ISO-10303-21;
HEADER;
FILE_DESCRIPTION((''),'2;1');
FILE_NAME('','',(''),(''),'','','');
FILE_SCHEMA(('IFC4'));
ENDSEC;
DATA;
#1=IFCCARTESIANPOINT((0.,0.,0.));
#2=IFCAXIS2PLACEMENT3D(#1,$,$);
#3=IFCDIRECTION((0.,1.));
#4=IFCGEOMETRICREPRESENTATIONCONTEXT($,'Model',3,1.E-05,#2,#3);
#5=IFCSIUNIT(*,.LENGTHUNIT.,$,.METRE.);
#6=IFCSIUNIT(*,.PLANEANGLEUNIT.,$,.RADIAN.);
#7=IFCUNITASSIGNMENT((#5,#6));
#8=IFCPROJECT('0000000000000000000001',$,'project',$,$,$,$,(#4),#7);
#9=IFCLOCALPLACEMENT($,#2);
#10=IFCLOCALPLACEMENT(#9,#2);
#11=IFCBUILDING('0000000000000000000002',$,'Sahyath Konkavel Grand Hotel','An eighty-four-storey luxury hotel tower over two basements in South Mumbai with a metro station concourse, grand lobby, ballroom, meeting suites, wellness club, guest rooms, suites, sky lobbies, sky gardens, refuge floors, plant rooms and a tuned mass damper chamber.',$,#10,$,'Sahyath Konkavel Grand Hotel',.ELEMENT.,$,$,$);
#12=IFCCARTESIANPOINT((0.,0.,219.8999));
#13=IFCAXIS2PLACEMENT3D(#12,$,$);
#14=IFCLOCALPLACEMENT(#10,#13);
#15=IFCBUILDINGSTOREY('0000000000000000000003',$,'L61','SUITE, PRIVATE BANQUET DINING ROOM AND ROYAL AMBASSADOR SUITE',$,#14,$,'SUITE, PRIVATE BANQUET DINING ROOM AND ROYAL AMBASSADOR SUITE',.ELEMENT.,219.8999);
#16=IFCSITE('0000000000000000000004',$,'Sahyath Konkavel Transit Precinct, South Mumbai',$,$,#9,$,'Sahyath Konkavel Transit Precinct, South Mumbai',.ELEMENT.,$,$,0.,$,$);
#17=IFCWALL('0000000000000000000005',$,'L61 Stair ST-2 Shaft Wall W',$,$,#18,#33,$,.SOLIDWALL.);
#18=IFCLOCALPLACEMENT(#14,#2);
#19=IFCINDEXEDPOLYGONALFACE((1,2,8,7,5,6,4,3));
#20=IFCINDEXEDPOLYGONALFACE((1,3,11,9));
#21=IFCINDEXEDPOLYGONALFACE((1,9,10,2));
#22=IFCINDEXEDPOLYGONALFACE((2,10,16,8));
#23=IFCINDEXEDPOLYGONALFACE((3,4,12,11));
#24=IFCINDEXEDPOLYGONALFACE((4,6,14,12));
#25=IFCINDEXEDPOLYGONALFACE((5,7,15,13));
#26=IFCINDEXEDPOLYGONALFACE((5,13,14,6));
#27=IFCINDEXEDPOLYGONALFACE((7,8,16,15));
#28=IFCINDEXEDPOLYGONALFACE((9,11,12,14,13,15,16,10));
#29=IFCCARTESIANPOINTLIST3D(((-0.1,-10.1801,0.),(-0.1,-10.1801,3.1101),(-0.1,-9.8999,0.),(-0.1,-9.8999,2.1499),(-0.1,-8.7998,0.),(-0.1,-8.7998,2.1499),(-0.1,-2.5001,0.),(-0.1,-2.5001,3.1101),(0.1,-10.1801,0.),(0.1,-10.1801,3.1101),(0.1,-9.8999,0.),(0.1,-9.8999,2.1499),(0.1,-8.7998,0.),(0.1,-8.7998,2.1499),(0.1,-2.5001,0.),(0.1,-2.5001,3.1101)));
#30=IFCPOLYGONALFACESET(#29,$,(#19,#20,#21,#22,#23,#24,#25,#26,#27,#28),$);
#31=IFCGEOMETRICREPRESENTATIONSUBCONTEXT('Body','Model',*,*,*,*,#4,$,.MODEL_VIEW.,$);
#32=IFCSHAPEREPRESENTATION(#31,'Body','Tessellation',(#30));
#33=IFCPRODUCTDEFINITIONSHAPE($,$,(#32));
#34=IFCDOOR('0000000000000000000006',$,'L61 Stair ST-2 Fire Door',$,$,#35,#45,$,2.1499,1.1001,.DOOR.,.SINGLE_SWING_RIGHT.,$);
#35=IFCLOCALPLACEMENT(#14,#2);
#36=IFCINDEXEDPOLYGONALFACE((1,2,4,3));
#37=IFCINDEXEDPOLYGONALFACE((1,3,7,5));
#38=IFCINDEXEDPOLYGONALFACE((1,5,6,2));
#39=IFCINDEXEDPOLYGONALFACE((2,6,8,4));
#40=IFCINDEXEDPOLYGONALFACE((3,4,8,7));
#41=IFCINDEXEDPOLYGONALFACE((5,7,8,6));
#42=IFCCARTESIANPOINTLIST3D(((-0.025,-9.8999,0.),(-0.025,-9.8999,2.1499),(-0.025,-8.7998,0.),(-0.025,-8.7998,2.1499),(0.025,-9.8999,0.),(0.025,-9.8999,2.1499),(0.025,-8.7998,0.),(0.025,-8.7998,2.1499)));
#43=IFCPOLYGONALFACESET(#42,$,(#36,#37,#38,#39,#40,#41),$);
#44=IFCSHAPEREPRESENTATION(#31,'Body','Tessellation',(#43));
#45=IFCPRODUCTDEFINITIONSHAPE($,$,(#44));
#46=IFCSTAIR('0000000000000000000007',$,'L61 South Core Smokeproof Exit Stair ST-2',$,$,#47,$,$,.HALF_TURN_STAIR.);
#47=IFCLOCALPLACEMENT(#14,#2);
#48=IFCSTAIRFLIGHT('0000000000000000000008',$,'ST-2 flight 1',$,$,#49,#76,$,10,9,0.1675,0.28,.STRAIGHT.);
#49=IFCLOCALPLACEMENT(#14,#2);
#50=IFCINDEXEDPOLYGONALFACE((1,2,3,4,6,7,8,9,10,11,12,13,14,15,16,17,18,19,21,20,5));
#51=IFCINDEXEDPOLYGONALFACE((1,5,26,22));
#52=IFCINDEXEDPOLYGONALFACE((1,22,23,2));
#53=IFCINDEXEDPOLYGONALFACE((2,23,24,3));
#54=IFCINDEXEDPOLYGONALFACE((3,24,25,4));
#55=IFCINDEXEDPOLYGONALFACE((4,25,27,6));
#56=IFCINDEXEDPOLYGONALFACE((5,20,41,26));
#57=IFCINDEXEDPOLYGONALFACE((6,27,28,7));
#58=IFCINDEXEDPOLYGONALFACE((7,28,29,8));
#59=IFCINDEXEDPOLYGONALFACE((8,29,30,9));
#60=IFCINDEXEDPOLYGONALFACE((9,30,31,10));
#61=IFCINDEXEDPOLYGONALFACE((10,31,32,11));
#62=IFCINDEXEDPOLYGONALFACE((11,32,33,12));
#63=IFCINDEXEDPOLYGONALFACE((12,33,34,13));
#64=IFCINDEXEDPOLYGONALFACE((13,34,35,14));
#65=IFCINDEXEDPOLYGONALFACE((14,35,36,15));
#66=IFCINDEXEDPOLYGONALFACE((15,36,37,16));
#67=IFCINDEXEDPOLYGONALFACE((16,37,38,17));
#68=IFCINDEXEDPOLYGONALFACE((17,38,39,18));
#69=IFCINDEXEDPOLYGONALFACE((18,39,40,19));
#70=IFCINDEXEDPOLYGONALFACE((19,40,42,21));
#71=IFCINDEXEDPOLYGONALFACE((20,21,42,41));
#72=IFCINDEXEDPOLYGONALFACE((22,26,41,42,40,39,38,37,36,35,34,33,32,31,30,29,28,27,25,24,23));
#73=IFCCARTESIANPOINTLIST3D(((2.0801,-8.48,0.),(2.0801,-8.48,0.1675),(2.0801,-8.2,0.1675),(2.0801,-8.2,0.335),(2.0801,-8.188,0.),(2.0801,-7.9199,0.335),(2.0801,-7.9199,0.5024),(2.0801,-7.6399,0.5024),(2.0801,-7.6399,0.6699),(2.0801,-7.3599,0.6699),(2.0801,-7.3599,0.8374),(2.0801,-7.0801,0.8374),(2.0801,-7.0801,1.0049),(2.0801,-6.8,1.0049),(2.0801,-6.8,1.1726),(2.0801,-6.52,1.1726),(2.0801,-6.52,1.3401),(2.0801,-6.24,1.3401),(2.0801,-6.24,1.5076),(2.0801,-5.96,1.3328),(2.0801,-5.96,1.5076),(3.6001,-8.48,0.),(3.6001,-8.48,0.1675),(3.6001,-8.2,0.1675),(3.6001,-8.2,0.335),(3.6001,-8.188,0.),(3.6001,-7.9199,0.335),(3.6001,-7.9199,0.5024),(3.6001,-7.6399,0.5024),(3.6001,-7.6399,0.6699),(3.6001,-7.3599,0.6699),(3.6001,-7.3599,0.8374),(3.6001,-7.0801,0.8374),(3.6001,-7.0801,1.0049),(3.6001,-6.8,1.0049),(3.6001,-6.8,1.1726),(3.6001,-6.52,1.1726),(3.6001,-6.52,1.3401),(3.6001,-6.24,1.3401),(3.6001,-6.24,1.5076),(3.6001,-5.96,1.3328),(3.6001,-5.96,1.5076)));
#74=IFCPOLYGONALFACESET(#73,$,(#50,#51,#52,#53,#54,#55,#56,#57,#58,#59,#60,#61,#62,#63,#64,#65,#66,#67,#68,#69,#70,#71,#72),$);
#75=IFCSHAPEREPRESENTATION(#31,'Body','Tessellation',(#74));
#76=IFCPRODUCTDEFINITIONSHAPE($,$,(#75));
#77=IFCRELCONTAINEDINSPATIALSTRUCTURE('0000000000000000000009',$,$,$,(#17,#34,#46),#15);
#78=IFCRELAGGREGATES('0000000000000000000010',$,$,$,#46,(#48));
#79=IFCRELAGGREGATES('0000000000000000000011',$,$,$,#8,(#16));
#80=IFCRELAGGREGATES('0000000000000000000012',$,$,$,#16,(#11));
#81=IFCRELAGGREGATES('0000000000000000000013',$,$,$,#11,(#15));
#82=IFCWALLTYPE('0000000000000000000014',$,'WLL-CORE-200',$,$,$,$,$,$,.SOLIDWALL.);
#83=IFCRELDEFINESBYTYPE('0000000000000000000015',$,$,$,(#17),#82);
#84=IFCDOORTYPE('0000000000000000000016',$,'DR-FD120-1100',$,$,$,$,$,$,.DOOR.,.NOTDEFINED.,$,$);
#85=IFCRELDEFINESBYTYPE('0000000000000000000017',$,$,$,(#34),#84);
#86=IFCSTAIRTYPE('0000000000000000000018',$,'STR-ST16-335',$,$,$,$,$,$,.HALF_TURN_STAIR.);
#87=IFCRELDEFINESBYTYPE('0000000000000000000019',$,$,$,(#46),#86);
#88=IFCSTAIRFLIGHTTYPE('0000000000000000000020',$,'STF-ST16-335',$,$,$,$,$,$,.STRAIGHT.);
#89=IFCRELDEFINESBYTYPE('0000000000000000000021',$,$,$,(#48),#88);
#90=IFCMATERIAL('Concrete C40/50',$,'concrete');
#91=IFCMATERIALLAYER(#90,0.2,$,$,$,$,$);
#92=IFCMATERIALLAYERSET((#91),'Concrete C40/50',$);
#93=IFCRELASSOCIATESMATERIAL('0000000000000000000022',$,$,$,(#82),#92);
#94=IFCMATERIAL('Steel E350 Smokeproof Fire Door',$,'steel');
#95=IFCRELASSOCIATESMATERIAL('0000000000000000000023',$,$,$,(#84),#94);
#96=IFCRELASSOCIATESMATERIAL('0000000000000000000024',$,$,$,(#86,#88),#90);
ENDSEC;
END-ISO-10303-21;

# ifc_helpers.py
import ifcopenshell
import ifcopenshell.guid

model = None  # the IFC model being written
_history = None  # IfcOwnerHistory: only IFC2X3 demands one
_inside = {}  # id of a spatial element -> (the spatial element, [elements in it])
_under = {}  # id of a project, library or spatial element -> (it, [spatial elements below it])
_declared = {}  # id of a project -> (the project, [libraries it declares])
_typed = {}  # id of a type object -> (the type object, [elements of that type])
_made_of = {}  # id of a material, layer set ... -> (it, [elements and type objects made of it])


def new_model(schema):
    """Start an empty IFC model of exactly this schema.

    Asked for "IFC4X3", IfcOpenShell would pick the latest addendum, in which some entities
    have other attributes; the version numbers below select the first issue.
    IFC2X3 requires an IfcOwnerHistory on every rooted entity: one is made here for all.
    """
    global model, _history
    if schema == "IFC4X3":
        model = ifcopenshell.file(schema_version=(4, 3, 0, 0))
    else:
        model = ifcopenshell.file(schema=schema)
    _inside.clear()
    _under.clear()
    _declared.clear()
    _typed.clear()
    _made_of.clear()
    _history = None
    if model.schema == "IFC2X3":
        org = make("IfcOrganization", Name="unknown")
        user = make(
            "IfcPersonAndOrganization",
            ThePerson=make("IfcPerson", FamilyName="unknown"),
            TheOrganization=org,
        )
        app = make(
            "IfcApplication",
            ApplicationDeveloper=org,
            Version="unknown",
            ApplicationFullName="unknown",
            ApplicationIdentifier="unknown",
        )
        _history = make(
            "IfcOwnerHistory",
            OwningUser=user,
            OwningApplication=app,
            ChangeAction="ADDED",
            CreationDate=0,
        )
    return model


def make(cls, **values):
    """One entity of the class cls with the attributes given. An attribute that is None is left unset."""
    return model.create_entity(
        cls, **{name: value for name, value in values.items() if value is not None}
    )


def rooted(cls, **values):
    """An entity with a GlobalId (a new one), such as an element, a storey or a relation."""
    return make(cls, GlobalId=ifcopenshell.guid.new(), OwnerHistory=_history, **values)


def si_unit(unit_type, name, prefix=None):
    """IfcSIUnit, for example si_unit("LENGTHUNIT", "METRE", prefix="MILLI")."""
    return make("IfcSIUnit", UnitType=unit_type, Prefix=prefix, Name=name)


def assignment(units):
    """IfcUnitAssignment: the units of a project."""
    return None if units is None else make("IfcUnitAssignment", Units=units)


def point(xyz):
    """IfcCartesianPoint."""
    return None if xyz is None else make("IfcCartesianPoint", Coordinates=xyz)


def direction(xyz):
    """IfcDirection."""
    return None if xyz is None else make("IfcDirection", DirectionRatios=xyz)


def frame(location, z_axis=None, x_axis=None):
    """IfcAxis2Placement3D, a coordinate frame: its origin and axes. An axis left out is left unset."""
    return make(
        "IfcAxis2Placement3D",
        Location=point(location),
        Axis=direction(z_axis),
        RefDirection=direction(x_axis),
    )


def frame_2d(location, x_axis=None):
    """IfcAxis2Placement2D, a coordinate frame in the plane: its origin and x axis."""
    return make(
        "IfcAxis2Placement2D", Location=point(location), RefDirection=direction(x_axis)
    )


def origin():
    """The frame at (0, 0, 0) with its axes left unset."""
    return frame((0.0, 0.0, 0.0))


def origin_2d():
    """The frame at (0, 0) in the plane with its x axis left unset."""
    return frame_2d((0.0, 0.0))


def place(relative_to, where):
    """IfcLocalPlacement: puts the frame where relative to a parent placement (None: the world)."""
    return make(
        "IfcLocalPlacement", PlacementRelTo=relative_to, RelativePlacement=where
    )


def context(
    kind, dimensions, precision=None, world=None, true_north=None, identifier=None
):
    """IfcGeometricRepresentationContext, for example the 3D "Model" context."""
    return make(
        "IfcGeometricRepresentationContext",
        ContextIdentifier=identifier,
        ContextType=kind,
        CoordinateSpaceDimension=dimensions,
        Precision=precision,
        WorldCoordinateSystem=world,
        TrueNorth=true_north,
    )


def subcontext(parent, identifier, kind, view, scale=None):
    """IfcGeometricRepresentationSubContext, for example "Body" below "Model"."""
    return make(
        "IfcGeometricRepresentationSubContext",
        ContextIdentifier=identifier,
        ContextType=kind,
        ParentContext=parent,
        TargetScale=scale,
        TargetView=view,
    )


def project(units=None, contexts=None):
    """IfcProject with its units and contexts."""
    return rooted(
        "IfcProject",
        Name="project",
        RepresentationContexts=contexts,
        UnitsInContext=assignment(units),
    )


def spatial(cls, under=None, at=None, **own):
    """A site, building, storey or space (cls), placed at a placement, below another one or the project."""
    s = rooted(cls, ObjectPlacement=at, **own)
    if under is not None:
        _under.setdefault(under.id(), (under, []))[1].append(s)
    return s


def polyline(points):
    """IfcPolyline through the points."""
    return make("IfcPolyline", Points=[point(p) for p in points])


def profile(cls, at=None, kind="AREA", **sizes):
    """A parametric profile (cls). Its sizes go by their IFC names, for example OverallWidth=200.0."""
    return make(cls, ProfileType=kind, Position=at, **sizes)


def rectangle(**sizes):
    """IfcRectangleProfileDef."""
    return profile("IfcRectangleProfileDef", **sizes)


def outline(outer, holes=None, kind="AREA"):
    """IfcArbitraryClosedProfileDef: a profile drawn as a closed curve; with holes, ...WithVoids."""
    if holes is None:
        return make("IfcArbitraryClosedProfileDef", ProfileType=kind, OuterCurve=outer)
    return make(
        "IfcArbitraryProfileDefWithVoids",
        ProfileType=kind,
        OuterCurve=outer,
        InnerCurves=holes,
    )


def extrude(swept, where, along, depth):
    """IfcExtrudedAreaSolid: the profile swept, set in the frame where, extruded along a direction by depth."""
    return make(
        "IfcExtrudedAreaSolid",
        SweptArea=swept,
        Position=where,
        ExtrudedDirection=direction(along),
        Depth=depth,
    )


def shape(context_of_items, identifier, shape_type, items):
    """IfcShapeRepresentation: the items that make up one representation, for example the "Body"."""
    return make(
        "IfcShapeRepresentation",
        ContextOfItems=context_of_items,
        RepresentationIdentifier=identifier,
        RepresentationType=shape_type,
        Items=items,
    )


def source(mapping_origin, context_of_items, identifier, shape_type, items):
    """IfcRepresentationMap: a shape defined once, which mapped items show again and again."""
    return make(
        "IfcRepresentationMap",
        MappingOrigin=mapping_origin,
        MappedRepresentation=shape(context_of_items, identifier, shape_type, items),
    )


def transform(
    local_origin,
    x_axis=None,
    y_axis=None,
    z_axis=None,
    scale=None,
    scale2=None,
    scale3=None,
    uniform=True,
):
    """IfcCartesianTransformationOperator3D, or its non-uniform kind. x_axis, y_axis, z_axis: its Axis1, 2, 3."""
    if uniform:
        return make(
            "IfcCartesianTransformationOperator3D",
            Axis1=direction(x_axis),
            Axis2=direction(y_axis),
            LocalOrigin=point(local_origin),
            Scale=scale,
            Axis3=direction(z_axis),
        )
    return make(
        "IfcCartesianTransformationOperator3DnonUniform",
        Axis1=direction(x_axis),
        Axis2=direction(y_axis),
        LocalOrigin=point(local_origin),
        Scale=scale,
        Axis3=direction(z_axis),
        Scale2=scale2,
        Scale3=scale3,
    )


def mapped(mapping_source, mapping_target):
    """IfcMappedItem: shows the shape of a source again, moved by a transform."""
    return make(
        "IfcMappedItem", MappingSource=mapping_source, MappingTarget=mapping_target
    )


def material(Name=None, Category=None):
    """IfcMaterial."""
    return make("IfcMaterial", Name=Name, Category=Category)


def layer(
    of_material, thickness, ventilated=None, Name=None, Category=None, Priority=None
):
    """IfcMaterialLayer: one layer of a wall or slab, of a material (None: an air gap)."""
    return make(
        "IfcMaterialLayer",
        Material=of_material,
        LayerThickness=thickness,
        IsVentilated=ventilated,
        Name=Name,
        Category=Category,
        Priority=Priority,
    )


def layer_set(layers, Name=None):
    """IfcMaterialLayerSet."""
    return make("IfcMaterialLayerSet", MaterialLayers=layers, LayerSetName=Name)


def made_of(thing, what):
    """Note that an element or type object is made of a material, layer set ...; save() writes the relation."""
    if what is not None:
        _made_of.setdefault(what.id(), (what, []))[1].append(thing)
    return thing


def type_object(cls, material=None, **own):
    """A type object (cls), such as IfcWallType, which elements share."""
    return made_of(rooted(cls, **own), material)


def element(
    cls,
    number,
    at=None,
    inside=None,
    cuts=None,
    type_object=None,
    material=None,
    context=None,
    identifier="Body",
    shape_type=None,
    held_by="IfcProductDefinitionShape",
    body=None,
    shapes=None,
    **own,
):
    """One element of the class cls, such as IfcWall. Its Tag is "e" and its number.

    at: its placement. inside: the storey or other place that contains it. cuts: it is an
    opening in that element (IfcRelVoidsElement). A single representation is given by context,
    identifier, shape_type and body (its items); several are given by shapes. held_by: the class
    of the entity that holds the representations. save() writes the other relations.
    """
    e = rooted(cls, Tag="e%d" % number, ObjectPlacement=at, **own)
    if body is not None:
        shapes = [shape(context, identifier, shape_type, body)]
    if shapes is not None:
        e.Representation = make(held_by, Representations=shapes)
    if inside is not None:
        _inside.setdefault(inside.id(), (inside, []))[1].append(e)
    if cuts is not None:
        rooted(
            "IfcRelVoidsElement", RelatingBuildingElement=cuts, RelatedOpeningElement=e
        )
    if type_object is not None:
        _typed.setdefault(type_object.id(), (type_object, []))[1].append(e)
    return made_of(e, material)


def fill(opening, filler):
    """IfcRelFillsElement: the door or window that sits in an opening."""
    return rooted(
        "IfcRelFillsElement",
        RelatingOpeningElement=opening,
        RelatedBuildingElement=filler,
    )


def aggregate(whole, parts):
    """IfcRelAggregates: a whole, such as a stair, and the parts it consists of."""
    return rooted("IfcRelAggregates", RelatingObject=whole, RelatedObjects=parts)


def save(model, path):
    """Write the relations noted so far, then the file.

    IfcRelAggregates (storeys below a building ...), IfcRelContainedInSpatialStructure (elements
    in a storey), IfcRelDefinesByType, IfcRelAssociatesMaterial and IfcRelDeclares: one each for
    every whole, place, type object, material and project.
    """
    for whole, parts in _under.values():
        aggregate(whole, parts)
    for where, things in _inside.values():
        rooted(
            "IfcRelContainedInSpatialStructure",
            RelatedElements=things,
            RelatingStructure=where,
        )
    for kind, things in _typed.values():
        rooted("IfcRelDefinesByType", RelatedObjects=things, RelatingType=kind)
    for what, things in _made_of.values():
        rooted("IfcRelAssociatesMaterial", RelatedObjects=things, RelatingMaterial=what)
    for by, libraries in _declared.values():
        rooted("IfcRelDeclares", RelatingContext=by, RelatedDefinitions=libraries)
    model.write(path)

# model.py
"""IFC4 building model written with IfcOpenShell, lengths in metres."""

from ifc_helpers import new_model, si_unit, direction, frame, frame_2d, origin, origin_2d, place, context, subcontext, project, spatial, polyline, rectangle, outline, extrude, source, transform, mapped, material, layer, layer_set, type_object, element, fill, aggregate, save


model = new_model("IFC4")

# Units and contexts
model_context = context("Model", 3, precision=1e-05, world=origin(), true_north=direction((0.0, 1.0)))
body_context = subcontext(model_context, "Body", "Model", "MODEL_VIEW")
ifc_project = project(units=[si_unit("LENGTHUNIT", "METRE"), si_unit("PLANEANGLEUNIT", "RADIAN")], contexts=[model_context])

# Site, building, storey
site_placement = place(None, origin())
site = spatial("IfcSite", under=ifc_project, at=site_placement, Name="Sahyath Konkavel Transit Precinct, South Mumbai", LongName="Sahyath Konkavel Transit Precinct, South Mumbai", CompositionType="ELEMENT", RefElevation=0.0)
building_placement = place(site_placement, origin())
building = spatial("IfcBuilding", under=site, at=building_placement, Name="Sahyath Konkavel Grand Hotel", Description="An eighty-four-storey luxury hotel tower over two basements in South Mumbai with a metro station concourse, grand lobby, ballroom, meeting suites, wellness club, guest rooms, suites, sky lobbies, sky gardens, refuge floors, plant rooms and a tuned mass damper chamber.", LongName="Sahyath Konkavel Grand Hotel", CompositionType="ELEMENT")
storey_placement = place(building_placement, frame((0.0, 0.0, 219.8999)))
storey = spatial("IfcBuildingStorey", under=building, at=storey_placement, Name="L61", Description="SUITE, PRIVATE BANQUET DINING ROOM AND ROYAL AMBASSADOR SUITE", LongName="SUITE, PRIVATE BANQUET DINING ROOM AND ROYAL AMBASSADOR SUITE", CompositionType="ELEMENT", Elevation=219.8999)

# Shared definitions
ifc_material_1 = material(Name="Concrete C40/50", Category="concrete")

# Wall, opening, door
ifc_layer_1 = layer(ifc_material_1, 0.2)
ifc_layer_set_1 = layer_set([ifc_layer_1], Name="Concrete C40/50")
wall_type_1 = type_object("IfcWallType", Name="WLL-CORE-200", PredefinedType="SOLIDWALL", material=ifc_layer_set_1)
wall_1_placement = place(storey_placement, frame((0.0, -10.1799, 0.0), z_axis=(0.0, 0.0, 1.0), x_axis=(0.0, 1.0, 0.0)))
wall_1 = element("IfcWall", 1, at=wall_1_placement, inside=storey, type_object=wall_type_1, Name="L61 Stair ST-2 Shaft Wall W", PredefinedType="SOLIDWALL", context=body_context, shape_type="SweptSolid", body=[
    extrude(rectangle(XDim=7.6799, YDim=0.2, at=frame_2d((3.8398, 0.0))), origin(), (0.0, 0.0, 1.0), 3.1101),
])
opening_placement = place(wall_1_placement, frame((0.28, 0.0, 0.0)))
opening = element("IfcOpeningElement", 2, at=opening_placement, cuts=wall_1, PredefinedType="OPENING", context=body_context, shape_type="SweptSolid", body=[
    extrude(rectangle(XDim=1.1001, YDim=2.1499, at=frame_2d((0.55, 1.075))), frame((0.0, 0.1099, 0.0), z_axis=(0.0, -1.0, 0.0), x_axis=(1.0, 0.0, 0.0)), (0.0, 0.0, 1.0), 0.22),
])
ifc_material_2 = material(Name="Steel E350 Smokeproof Fire Door", Category="steel")
door_type = type_object("IfcDoorType", Name="DR-FD120-1100", OperationType="NOTDEFINED", PredefinedType="DOOR", material=ifc_material_2)
shared_shape_1 = source(origin(), body_context, "Body", "SweptSolid", [
    extrude(rectangle(XDim=1.1001, YDim=0.05, at=origin_2d()), origin(), (0.0, 0.0, 1.0), 2.1499),
])
door_placement = place(opening_placement, frame((0.55, 0.0, 0.0)))
door = element("IfcDoor", 3, at=door_placement, inside=storey, type_object=door_type, Name="L61 Stair ST-2 Fire Door", OperationType="SINGLE_SWING_RIGHT", OverallHeight=2.1499, OverallWidth=1.1001, PredefinedType="DOOR", context=body_context, shape_type="MappedRepresentation", body=[
    mapped(shared_shape_1, transform((0.0, 0.0, 0.0), scale=1.0)),
])
fill(opening, door)

# Stair, stair flight
stair_type = type_object("IfcStairType", Name="STR-ST16-335", PredefinedType="HALF_TURN_STAIR", material=ifc_material_1)
stair_placement = place(storey_placement, origin())
stair = element("IfcStair", 4, at=stair_placement, inside=storey, type_object=stair_type, Name="L61 South Core Smokeproof Exit Stair ST-2", PredefinedType="HALF_TURN_STAIR")
stair_flight_type = type_object("IfcStairFlightType", Name="STF-ST16-335", PredefinedType="STRAIGHT", material=ifc_material_1)
stair_flight_placement = place(storey_placement, frame((2.8401, -8.48, 0.0), z_axis=(0.0, 0.0, 1.0), x_axis=(0.0, 1.0, 0.0)))
stair_flight = element("IfcStairFlight", 5, at=stair_flight_placement, type_object=stair_flight_type, Name="ST-2 flight 1", NumberOfRisers=10, NumberOfTreads=9, PredefinedType="STRAIGHT", RiserHeight=0.1675, TreadLength=0.28, context=body_context, shape_type="SweptSolid", body=[
    extrude(outline(polyline([(0.0, 0.0), (0.0, 0.1675), (0.28, 0.1675), (0.28, 0.335), (0.5601, 0.335), (0.5601, 0.5024), (0.8401, 0.5024), (0.8401, 0.6699), (1.1201, 0.6699), (1.1201, 0.8374), (1.3999, 0.8374), (1.3999, 1.0049), (1.6799, 1.0049), (1.6799, 1.1726), (1.96, 1.1726), (1.96, 1.3401), (2.24, 1.3401), (2.24, 1.5076), (2.52, 1.5076), (2.52, 1.675), (2.52, 1.3328), (0.292, 0.0), (0.0, 0.0)])), frame((0.0, 0.76, 0.0), z_axis=(0.0, -1.0, 0.0), x_axis=(1.0, 0.0, 0.0)), (0.0, 0.0, 1.0), 1.52),
])
aggregate(stair, [stair_flight])

save(model, "model.ifc")
